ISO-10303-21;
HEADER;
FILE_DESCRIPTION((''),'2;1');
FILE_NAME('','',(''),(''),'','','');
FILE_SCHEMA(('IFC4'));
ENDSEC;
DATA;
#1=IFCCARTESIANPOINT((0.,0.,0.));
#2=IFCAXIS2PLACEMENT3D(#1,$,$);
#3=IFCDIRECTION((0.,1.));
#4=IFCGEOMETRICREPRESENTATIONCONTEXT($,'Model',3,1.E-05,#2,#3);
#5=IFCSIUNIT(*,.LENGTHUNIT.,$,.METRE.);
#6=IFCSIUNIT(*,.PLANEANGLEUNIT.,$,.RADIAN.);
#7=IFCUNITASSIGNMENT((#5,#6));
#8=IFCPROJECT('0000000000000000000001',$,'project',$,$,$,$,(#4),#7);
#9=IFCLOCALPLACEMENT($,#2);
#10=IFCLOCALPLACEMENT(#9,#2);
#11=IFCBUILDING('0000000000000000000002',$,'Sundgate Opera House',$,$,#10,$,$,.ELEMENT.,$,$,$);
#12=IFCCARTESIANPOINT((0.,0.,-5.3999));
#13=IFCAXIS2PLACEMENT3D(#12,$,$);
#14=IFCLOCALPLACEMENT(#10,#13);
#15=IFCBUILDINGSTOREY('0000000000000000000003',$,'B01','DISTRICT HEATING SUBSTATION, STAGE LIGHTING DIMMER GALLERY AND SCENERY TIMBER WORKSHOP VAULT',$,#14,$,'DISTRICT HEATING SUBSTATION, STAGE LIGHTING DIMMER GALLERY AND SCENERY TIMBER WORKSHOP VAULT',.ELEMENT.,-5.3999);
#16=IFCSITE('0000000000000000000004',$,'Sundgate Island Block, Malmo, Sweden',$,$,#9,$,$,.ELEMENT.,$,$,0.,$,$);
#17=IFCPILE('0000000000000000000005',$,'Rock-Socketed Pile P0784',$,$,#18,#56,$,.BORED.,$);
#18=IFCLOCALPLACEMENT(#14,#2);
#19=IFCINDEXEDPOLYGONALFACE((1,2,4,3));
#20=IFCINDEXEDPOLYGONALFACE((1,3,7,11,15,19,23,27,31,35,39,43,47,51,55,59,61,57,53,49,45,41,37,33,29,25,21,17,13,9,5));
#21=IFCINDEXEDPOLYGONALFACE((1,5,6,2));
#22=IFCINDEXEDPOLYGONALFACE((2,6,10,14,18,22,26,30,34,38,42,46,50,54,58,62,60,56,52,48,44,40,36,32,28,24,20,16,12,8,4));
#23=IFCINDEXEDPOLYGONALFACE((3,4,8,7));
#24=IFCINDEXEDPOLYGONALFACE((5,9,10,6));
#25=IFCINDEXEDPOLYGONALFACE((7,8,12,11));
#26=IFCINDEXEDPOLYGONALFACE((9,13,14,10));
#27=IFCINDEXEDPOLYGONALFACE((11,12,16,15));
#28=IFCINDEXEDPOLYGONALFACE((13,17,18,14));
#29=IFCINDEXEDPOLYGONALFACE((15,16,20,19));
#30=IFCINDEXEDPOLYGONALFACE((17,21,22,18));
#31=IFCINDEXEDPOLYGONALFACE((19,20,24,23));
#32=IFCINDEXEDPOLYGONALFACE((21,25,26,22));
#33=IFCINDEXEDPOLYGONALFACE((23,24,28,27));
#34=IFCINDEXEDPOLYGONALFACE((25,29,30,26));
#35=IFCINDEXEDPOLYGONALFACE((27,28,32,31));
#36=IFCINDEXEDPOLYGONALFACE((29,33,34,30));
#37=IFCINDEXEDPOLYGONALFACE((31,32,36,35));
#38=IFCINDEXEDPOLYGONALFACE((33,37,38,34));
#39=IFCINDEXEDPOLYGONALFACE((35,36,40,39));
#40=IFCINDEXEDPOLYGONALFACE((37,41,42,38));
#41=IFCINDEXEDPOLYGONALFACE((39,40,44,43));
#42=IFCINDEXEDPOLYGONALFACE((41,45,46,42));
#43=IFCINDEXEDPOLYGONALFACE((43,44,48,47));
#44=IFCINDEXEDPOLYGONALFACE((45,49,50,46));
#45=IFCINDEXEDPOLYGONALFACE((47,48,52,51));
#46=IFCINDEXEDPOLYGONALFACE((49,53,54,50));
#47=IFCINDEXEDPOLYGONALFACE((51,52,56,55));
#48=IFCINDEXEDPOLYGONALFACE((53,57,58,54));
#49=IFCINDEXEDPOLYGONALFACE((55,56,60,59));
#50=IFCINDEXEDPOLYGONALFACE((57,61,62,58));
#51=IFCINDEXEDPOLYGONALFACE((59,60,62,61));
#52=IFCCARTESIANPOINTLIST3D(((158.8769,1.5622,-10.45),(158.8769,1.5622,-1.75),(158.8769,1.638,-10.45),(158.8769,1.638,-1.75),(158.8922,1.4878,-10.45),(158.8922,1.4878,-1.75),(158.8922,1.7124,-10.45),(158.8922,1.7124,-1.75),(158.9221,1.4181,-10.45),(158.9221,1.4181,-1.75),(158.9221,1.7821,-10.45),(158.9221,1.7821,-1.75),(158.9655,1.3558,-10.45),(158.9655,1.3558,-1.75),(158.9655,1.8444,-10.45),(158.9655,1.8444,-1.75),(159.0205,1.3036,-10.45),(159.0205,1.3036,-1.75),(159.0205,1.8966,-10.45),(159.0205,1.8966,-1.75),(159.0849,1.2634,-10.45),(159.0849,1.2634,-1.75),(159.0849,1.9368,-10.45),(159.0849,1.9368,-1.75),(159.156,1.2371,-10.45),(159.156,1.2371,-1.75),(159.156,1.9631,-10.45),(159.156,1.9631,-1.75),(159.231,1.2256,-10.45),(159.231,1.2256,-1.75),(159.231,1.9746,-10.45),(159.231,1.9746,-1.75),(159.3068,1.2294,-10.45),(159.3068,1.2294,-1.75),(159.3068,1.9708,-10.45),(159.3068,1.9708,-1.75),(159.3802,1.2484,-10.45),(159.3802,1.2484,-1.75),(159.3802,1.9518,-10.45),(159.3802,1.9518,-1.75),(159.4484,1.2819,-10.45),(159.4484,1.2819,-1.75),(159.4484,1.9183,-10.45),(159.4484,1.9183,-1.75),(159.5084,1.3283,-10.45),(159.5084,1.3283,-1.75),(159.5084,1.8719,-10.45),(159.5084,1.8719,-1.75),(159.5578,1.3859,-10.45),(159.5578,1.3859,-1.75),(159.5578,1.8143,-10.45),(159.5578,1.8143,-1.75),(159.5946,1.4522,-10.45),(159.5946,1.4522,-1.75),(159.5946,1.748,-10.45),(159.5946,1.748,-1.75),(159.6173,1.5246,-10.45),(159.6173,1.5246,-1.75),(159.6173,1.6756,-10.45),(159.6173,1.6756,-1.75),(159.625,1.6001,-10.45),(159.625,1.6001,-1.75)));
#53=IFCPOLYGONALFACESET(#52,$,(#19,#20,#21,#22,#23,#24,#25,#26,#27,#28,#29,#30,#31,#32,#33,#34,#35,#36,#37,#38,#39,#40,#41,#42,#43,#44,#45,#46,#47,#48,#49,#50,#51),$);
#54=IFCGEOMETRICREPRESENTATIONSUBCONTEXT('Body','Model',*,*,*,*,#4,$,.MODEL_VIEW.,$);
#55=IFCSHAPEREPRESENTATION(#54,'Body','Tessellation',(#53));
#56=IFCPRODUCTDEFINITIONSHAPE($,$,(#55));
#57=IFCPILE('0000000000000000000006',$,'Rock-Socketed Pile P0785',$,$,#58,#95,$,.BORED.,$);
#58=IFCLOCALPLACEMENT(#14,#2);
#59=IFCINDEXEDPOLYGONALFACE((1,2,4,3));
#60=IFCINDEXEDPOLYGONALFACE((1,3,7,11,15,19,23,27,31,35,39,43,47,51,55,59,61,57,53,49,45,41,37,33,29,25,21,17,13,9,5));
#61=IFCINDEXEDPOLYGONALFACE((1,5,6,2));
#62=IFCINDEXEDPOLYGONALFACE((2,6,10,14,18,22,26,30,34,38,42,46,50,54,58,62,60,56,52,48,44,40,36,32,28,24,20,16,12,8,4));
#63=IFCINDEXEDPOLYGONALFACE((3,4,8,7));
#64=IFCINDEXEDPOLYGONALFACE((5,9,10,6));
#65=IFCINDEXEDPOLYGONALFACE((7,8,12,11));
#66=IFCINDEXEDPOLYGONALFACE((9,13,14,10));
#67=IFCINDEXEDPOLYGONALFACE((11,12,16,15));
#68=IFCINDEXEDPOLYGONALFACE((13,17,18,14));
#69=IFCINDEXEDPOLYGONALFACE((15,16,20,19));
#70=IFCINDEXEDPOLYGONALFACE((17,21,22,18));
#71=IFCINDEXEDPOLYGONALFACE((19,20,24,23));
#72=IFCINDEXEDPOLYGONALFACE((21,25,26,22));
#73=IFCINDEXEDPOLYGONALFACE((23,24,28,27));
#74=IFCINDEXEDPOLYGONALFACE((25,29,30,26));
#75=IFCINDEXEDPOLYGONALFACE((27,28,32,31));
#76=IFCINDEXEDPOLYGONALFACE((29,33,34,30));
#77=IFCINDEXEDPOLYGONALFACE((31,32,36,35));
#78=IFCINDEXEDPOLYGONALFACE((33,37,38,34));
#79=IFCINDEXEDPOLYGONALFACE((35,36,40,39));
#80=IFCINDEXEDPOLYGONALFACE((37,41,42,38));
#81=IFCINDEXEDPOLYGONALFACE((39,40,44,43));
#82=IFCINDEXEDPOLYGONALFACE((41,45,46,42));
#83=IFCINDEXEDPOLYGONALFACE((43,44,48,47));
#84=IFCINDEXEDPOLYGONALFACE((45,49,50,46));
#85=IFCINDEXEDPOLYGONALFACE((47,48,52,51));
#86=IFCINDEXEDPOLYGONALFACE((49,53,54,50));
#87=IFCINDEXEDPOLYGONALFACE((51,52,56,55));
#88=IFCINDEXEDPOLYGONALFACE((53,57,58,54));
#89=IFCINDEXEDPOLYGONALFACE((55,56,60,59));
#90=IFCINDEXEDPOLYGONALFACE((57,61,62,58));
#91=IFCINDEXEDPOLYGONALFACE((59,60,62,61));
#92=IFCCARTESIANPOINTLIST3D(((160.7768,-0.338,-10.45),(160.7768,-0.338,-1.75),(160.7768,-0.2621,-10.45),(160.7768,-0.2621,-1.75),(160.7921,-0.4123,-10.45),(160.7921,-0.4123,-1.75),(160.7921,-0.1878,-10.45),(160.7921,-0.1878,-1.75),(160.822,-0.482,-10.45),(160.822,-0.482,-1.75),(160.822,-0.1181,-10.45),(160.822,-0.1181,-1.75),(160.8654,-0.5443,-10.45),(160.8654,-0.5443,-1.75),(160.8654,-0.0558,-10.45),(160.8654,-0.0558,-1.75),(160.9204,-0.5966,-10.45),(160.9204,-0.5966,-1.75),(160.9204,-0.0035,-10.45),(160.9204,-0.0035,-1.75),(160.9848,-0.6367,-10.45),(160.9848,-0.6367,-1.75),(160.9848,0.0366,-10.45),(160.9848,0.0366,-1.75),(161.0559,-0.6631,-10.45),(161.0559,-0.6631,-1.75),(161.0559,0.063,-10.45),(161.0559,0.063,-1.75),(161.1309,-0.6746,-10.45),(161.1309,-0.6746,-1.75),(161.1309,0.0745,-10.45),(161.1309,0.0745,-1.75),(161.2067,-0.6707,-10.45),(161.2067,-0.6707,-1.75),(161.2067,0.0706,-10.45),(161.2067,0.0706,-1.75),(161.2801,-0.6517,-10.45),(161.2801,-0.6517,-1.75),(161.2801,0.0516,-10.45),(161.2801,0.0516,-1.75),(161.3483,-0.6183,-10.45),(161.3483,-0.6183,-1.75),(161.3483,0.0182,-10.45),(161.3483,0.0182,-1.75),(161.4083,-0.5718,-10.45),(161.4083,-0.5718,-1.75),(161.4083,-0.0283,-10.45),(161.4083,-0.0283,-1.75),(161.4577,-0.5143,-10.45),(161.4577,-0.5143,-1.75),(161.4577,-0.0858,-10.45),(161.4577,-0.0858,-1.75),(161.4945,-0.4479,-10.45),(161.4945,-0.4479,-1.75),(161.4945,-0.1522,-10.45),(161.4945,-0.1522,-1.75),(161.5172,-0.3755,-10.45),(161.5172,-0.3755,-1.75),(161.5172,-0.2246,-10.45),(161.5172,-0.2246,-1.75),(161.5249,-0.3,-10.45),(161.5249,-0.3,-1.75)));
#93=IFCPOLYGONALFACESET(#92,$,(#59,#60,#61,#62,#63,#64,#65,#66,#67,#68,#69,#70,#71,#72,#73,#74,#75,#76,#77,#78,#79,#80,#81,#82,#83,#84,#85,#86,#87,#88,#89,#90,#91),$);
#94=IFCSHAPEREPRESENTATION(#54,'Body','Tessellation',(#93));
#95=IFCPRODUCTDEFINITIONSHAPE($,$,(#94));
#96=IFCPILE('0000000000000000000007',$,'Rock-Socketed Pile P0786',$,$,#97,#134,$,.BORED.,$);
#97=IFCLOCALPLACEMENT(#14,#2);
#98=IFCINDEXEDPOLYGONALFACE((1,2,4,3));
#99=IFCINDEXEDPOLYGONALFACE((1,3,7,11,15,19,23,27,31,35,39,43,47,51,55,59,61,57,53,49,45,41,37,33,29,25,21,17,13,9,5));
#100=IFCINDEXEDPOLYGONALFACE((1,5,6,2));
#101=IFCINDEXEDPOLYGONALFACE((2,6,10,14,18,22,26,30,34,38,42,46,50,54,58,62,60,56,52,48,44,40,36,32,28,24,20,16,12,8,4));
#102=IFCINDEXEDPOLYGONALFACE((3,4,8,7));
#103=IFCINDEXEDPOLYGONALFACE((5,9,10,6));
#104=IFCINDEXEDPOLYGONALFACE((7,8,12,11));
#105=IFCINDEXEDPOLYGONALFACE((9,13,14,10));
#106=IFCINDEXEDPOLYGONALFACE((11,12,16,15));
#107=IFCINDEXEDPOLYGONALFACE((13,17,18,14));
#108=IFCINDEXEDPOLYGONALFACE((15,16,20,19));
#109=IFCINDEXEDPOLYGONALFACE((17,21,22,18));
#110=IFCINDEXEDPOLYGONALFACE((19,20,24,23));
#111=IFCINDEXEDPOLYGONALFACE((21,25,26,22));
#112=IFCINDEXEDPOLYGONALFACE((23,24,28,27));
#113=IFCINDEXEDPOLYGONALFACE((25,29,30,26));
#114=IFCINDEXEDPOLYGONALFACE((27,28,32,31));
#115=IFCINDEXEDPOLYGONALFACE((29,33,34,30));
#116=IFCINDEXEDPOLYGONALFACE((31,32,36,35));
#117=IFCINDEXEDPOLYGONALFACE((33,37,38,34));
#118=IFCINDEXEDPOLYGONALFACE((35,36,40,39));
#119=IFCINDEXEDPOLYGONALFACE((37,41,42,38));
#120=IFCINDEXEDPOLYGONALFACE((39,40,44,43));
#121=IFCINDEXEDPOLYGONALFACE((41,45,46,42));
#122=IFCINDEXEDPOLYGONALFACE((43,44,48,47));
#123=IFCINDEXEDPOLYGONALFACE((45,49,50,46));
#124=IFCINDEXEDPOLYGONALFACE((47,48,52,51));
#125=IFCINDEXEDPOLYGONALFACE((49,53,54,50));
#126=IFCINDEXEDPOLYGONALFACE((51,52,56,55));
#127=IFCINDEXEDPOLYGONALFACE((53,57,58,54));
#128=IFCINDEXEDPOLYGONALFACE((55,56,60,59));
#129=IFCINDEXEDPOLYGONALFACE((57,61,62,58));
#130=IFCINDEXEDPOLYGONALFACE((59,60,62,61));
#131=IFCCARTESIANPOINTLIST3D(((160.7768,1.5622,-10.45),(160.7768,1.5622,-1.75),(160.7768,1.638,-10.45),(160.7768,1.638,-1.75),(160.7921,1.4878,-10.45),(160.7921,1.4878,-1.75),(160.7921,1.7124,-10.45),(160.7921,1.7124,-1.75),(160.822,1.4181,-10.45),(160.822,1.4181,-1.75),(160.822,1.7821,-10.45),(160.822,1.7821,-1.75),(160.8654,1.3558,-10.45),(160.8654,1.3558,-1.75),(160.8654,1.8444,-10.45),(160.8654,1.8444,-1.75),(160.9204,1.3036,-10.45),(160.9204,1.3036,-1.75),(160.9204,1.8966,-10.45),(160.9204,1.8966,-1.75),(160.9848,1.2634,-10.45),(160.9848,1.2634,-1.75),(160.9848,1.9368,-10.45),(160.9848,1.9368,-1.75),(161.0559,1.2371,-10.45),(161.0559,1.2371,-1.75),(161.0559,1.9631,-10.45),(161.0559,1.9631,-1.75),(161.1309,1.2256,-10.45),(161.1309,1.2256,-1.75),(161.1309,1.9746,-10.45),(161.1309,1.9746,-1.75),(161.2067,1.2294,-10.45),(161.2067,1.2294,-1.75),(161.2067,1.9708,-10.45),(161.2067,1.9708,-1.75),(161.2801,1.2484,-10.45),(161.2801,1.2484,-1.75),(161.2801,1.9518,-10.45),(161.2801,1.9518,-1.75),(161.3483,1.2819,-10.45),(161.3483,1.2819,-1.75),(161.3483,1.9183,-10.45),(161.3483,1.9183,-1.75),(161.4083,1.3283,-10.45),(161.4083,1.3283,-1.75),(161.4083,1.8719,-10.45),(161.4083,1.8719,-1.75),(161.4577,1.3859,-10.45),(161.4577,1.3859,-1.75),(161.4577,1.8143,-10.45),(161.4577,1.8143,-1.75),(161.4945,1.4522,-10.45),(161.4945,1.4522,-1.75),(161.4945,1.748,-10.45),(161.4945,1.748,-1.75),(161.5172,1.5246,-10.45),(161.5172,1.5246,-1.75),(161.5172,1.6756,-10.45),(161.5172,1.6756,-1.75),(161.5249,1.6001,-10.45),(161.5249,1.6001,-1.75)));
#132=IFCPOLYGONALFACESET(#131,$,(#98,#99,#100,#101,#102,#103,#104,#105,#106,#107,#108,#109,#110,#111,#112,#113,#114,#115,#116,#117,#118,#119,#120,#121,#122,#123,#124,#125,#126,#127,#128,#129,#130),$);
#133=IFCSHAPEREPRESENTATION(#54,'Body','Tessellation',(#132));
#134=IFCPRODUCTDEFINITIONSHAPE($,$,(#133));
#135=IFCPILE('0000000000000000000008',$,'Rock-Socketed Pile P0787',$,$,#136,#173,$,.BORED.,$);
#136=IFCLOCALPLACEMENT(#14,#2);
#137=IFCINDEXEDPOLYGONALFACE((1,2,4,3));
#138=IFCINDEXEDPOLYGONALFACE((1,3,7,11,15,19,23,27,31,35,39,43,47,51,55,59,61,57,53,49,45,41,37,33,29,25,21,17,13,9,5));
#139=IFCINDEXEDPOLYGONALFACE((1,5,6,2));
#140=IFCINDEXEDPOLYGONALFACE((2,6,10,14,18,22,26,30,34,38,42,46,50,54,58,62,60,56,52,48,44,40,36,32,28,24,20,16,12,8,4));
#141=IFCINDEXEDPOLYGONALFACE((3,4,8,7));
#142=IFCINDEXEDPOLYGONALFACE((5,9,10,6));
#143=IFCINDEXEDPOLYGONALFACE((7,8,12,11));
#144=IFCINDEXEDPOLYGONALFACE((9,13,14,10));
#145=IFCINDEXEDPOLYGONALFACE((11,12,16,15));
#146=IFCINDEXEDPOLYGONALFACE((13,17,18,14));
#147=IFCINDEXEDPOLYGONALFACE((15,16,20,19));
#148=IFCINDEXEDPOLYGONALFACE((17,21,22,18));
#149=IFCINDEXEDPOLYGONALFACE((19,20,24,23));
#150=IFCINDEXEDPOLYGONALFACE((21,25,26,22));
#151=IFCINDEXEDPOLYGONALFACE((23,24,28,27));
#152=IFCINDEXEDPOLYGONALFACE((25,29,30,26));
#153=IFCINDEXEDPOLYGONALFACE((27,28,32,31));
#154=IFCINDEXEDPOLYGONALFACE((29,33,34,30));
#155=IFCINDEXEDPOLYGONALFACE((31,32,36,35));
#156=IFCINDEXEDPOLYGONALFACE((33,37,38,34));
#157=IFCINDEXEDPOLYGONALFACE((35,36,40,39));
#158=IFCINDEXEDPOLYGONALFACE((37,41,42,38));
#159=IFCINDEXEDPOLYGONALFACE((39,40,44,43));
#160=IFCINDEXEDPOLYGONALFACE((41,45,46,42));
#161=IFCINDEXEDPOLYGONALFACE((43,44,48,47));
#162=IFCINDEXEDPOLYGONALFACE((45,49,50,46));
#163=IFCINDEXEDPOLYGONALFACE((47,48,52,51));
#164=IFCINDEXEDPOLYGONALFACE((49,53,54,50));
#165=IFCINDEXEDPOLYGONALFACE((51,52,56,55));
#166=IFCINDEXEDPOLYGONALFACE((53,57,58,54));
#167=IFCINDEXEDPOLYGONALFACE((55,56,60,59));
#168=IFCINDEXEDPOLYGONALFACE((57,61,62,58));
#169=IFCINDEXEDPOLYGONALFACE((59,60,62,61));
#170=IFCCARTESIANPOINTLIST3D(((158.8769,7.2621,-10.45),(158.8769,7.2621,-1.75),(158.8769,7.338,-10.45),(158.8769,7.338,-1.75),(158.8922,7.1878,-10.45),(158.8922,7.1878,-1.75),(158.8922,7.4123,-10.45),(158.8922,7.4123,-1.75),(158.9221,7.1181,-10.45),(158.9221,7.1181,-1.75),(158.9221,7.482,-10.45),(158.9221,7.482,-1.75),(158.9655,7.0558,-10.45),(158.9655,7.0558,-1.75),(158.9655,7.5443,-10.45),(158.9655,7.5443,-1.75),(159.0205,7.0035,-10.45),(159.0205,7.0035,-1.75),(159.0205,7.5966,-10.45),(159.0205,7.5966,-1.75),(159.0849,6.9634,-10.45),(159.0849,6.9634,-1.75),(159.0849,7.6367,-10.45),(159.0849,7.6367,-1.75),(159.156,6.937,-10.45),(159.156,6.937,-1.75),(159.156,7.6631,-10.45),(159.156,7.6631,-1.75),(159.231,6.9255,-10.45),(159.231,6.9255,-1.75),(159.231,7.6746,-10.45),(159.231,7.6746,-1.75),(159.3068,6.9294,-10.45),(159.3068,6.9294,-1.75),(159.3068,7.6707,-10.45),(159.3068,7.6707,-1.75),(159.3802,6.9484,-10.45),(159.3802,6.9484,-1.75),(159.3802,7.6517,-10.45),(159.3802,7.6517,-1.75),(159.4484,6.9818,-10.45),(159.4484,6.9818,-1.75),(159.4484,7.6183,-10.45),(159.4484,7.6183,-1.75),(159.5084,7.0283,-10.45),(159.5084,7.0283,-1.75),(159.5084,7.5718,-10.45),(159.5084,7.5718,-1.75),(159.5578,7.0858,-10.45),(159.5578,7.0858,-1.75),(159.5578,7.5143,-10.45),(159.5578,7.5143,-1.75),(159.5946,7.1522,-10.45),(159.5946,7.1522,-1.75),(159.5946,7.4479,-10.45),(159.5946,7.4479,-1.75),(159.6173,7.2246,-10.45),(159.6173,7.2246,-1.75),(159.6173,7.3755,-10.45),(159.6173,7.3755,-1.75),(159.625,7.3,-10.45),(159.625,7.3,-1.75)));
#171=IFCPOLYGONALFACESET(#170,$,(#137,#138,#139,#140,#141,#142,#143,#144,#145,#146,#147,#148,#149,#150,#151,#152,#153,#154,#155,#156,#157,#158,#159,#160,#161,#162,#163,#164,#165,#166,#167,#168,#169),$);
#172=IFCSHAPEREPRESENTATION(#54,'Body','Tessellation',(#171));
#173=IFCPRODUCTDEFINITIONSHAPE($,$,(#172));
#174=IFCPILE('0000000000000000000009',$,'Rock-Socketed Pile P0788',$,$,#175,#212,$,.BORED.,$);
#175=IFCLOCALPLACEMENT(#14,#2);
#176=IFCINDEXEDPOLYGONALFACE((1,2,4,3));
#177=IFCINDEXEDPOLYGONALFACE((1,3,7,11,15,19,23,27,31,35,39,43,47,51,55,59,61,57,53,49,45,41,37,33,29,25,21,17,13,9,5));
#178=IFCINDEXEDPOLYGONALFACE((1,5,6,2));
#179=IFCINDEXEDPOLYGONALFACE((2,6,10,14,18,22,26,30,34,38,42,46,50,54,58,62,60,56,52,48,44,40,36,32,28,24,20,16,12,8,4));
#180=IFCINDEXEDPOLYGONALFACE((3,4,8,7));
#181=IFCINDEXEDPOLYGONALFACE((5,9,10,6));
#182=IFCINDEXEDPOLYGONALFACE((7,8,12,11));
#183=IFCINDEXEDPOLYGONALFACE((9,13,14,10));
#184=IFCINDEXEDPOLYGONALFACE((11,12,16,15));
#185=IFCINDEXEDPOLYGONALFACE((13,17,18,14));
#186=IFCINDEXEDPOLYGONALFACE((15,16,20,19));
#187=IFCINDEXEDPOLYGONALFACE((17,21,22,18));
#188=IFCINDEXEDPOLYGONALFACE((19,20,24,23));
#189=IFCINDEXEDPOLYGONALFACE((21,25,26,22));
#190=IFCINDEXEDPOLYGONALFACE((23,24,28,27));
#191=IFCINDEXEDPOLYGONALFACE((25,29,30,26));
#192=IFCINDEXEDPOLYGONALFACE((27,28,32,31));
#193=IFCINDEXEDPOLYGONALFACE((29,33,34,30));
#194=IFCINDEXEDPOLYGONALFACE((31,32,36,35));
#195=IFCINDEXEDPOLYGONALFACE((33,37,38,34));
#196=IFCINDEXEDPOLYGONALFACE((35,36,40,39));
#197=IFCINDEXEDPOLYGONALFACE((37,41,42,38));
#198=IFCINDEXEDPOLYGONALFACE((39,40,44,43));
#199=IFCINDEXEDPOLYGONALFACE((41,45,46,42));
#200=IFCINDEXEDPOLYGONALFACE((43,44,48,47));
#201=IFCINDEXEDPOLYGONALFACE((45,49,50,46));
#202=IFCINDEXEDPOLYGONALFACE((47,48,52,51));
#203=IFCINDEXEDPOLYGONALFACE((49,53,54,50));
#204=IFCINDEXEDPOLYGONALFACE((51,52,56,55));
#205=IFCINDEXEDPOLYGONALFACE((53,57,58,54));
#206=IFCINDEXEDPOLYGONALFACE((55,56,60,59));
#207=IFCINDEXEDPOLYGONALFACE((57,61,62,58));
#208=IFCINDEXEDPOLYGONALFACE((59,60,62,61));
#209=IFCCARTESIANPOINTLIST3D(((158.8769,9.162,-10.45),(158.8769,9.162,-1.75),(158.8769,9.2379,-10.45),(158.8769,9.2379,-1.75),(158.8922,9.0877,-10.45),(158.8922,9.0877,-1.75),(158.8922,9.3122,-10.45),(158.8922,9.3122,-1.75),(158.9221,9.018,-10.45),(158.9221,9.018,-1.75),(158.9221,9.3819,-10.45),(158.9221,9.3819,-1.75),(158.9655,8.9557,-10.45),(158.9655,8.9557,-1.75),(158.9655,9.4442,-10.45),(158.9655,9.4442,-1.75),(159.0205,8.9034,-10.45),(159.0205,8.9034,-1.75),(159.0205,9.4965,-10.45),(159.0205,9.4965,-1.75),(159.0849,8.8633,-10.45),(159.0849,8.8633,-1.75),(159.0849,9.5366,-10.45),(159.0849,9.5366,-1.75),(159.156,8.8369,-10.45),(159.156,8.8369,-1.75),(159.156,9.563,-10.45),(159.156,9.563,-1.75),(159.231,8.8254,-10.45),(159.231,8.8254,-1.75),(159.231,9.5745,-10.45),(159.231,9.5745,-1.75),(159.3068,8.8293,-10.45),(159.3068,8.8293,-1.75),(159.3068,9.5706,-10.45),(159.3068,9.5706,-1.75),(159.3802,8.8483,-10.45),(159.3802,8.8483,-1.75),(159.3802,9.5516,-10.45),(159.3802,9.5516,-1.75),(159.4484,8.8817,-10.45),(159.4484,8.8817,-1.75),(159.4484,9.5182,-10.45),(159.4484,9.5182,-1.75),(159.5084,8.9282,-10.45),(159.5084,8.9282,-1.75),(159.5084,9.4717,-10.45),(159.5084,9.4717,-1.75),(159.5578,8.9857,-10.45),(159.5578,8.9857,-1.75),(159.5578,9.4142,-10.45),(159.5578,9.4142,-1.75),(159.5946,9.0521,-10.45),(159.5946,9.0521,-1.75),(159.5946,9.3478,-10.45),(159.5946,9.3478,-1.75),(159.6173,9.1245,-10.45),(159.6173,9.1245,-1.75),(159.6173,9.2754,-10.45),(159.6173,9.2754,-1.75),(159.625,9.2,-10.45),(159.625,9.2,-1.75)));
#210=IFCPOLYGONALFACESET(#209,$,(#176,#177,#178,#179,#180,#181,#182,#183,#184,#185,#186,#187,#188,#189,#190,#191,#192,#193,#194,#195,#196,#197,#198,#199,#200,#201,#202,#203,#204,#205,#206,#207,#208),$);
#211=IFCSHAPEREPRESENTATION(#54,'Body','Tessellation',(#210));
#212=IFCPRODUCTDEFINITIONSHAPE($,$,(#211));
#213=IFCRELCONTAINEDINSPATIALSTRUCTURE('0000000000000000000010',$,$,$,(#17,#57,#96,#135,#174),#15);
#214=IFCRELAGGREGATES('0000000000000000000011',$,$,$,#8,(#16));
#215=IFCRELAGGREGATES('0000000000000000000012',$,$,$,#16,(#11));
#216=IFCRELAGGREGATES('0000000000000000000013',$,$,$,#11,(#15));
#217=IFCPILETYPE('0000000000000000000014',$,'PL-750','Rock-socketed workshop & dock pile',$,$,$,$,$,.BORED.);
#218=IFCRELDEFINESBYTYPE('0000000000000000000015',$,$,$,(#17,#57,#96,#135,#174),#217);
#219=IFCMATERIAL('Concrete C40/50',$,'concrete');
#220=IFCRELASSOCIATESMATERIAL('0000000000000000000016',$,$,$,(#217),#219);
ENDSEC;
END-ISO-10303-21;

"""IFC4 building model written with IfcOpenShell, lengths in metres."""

from ifc_helpers import new_model, si_unit, direction, frame, origin, origin_2d, place, context, subcontext, project, spatial, circle, extrude, material, material_profile, profile_set, type_object, element, save


model = new_model("IFC4")

# Units and contexts
model_context = context("Model", 3, precision=1e-05, world=origin(), true_north=direction((0.0, 1.0)))
body_context = subcontext(model_context, "Body", "Model", "MODEL_VIEW")
ifc_project = project(units=[si_unit("LENGTHUNIT", "METRE"), si_unit("PLANEANGLEUNIT", "RADIAN")], contexts=[model_context])

# Site, building, storey
site_placement = place(None, origin())
site = spatial("IfcSite", under=ifc_project, at=site_placement, Name="Sundgate Island Block, Malmo, Sweden", CompositionType="ELEMENT", RefElevation=0.0)
building_placement = place(site_placement, origin())
building = spatial("IfcBuilding", under=site, at=building_placement, Name="Sundgate Opera House", CompositionType="ELEMENT")
storey_placement = place(building_placement, frame((0.0, 0.0, -5.3999)))
storey = spatial("IfcBuildingStorey", under=building, at=storey_placement, Name="B01", Description="DISTRICT HEATING SUBSTATION, STAGE LIGHTING DIMMER GALLERY AND SCENERY TIMBER WORKSHOP VAULT", LongName="DISTRICT HEATING SUBSTATION, STAGE LIGHTING DIMMER GALLERY AND SCENERY TIMBER WORKSHOP VAULT", CompositionType="ELEMENT", Elevation=-5.3999)

# Piles
ifc_material_1 = material(Name="Concrete C40/50", Category="concrete")
ifc_material_profile_1 = material_profile(ifc_material_1, circle(Radius=0.375, at=origin_2d()), Name="PILE D750")
ifc_profile_set_1 = profile_set([ifc_material_profile_1], Name="Concrete C40/50")
pile_type = type_object("IfcPileType", Name="PL-750", Description="Rock-socketed workshop & dock pile", PredefinedType="BORED", material=ifc_profile_set_1)
for number, where, z_axis, x_axis, name in (
    (1, (159.25, 1.6001, -1.75), (0.0, 0.0, -1.0), (1.0, 0.0, 0.0), "Rock-Socketed Pile P0784"),
    (2, (161.1499, -0.3, -1.75), (0.0, 0.0, -1.0), (1.0, 0.0, 0.0), "Rock-Socketed Pile P0785"),
    (3, (161.1499, 1.6001, -1.75), (0.0, 0.0, -1.0), (1.0, 0.0, 0.0), "Rock-Socketed Pile P0786"),
    (4, (159.25, 7.3, -1.75), (0.0, 0.0, -1.0), (1.0, 0.0, 0.0), "Rock-Socketed Pile P0787"),
    (5, (159.25, 9.2, -1.75), (0.0, 0.0, -1.0), (1.0, 0.0, 0.0), "Rock-Socketed Pile P0788"),
):
    element("IfcPile", number, at=place(storey_placement, frame(where, z_axis=z_axis, x_axis=x_axis)), inside=storey, type_object=pile_type, Name=name, PredefinedType="BORED", context=body_context, shape_type="SweptSolid", body=[
        extrude(circle(Radius=0.375, at=origin_2d()), origin(), (0.0, 0.0, 1.0), 8.7),
    ])

save(model, "model.ifc")
